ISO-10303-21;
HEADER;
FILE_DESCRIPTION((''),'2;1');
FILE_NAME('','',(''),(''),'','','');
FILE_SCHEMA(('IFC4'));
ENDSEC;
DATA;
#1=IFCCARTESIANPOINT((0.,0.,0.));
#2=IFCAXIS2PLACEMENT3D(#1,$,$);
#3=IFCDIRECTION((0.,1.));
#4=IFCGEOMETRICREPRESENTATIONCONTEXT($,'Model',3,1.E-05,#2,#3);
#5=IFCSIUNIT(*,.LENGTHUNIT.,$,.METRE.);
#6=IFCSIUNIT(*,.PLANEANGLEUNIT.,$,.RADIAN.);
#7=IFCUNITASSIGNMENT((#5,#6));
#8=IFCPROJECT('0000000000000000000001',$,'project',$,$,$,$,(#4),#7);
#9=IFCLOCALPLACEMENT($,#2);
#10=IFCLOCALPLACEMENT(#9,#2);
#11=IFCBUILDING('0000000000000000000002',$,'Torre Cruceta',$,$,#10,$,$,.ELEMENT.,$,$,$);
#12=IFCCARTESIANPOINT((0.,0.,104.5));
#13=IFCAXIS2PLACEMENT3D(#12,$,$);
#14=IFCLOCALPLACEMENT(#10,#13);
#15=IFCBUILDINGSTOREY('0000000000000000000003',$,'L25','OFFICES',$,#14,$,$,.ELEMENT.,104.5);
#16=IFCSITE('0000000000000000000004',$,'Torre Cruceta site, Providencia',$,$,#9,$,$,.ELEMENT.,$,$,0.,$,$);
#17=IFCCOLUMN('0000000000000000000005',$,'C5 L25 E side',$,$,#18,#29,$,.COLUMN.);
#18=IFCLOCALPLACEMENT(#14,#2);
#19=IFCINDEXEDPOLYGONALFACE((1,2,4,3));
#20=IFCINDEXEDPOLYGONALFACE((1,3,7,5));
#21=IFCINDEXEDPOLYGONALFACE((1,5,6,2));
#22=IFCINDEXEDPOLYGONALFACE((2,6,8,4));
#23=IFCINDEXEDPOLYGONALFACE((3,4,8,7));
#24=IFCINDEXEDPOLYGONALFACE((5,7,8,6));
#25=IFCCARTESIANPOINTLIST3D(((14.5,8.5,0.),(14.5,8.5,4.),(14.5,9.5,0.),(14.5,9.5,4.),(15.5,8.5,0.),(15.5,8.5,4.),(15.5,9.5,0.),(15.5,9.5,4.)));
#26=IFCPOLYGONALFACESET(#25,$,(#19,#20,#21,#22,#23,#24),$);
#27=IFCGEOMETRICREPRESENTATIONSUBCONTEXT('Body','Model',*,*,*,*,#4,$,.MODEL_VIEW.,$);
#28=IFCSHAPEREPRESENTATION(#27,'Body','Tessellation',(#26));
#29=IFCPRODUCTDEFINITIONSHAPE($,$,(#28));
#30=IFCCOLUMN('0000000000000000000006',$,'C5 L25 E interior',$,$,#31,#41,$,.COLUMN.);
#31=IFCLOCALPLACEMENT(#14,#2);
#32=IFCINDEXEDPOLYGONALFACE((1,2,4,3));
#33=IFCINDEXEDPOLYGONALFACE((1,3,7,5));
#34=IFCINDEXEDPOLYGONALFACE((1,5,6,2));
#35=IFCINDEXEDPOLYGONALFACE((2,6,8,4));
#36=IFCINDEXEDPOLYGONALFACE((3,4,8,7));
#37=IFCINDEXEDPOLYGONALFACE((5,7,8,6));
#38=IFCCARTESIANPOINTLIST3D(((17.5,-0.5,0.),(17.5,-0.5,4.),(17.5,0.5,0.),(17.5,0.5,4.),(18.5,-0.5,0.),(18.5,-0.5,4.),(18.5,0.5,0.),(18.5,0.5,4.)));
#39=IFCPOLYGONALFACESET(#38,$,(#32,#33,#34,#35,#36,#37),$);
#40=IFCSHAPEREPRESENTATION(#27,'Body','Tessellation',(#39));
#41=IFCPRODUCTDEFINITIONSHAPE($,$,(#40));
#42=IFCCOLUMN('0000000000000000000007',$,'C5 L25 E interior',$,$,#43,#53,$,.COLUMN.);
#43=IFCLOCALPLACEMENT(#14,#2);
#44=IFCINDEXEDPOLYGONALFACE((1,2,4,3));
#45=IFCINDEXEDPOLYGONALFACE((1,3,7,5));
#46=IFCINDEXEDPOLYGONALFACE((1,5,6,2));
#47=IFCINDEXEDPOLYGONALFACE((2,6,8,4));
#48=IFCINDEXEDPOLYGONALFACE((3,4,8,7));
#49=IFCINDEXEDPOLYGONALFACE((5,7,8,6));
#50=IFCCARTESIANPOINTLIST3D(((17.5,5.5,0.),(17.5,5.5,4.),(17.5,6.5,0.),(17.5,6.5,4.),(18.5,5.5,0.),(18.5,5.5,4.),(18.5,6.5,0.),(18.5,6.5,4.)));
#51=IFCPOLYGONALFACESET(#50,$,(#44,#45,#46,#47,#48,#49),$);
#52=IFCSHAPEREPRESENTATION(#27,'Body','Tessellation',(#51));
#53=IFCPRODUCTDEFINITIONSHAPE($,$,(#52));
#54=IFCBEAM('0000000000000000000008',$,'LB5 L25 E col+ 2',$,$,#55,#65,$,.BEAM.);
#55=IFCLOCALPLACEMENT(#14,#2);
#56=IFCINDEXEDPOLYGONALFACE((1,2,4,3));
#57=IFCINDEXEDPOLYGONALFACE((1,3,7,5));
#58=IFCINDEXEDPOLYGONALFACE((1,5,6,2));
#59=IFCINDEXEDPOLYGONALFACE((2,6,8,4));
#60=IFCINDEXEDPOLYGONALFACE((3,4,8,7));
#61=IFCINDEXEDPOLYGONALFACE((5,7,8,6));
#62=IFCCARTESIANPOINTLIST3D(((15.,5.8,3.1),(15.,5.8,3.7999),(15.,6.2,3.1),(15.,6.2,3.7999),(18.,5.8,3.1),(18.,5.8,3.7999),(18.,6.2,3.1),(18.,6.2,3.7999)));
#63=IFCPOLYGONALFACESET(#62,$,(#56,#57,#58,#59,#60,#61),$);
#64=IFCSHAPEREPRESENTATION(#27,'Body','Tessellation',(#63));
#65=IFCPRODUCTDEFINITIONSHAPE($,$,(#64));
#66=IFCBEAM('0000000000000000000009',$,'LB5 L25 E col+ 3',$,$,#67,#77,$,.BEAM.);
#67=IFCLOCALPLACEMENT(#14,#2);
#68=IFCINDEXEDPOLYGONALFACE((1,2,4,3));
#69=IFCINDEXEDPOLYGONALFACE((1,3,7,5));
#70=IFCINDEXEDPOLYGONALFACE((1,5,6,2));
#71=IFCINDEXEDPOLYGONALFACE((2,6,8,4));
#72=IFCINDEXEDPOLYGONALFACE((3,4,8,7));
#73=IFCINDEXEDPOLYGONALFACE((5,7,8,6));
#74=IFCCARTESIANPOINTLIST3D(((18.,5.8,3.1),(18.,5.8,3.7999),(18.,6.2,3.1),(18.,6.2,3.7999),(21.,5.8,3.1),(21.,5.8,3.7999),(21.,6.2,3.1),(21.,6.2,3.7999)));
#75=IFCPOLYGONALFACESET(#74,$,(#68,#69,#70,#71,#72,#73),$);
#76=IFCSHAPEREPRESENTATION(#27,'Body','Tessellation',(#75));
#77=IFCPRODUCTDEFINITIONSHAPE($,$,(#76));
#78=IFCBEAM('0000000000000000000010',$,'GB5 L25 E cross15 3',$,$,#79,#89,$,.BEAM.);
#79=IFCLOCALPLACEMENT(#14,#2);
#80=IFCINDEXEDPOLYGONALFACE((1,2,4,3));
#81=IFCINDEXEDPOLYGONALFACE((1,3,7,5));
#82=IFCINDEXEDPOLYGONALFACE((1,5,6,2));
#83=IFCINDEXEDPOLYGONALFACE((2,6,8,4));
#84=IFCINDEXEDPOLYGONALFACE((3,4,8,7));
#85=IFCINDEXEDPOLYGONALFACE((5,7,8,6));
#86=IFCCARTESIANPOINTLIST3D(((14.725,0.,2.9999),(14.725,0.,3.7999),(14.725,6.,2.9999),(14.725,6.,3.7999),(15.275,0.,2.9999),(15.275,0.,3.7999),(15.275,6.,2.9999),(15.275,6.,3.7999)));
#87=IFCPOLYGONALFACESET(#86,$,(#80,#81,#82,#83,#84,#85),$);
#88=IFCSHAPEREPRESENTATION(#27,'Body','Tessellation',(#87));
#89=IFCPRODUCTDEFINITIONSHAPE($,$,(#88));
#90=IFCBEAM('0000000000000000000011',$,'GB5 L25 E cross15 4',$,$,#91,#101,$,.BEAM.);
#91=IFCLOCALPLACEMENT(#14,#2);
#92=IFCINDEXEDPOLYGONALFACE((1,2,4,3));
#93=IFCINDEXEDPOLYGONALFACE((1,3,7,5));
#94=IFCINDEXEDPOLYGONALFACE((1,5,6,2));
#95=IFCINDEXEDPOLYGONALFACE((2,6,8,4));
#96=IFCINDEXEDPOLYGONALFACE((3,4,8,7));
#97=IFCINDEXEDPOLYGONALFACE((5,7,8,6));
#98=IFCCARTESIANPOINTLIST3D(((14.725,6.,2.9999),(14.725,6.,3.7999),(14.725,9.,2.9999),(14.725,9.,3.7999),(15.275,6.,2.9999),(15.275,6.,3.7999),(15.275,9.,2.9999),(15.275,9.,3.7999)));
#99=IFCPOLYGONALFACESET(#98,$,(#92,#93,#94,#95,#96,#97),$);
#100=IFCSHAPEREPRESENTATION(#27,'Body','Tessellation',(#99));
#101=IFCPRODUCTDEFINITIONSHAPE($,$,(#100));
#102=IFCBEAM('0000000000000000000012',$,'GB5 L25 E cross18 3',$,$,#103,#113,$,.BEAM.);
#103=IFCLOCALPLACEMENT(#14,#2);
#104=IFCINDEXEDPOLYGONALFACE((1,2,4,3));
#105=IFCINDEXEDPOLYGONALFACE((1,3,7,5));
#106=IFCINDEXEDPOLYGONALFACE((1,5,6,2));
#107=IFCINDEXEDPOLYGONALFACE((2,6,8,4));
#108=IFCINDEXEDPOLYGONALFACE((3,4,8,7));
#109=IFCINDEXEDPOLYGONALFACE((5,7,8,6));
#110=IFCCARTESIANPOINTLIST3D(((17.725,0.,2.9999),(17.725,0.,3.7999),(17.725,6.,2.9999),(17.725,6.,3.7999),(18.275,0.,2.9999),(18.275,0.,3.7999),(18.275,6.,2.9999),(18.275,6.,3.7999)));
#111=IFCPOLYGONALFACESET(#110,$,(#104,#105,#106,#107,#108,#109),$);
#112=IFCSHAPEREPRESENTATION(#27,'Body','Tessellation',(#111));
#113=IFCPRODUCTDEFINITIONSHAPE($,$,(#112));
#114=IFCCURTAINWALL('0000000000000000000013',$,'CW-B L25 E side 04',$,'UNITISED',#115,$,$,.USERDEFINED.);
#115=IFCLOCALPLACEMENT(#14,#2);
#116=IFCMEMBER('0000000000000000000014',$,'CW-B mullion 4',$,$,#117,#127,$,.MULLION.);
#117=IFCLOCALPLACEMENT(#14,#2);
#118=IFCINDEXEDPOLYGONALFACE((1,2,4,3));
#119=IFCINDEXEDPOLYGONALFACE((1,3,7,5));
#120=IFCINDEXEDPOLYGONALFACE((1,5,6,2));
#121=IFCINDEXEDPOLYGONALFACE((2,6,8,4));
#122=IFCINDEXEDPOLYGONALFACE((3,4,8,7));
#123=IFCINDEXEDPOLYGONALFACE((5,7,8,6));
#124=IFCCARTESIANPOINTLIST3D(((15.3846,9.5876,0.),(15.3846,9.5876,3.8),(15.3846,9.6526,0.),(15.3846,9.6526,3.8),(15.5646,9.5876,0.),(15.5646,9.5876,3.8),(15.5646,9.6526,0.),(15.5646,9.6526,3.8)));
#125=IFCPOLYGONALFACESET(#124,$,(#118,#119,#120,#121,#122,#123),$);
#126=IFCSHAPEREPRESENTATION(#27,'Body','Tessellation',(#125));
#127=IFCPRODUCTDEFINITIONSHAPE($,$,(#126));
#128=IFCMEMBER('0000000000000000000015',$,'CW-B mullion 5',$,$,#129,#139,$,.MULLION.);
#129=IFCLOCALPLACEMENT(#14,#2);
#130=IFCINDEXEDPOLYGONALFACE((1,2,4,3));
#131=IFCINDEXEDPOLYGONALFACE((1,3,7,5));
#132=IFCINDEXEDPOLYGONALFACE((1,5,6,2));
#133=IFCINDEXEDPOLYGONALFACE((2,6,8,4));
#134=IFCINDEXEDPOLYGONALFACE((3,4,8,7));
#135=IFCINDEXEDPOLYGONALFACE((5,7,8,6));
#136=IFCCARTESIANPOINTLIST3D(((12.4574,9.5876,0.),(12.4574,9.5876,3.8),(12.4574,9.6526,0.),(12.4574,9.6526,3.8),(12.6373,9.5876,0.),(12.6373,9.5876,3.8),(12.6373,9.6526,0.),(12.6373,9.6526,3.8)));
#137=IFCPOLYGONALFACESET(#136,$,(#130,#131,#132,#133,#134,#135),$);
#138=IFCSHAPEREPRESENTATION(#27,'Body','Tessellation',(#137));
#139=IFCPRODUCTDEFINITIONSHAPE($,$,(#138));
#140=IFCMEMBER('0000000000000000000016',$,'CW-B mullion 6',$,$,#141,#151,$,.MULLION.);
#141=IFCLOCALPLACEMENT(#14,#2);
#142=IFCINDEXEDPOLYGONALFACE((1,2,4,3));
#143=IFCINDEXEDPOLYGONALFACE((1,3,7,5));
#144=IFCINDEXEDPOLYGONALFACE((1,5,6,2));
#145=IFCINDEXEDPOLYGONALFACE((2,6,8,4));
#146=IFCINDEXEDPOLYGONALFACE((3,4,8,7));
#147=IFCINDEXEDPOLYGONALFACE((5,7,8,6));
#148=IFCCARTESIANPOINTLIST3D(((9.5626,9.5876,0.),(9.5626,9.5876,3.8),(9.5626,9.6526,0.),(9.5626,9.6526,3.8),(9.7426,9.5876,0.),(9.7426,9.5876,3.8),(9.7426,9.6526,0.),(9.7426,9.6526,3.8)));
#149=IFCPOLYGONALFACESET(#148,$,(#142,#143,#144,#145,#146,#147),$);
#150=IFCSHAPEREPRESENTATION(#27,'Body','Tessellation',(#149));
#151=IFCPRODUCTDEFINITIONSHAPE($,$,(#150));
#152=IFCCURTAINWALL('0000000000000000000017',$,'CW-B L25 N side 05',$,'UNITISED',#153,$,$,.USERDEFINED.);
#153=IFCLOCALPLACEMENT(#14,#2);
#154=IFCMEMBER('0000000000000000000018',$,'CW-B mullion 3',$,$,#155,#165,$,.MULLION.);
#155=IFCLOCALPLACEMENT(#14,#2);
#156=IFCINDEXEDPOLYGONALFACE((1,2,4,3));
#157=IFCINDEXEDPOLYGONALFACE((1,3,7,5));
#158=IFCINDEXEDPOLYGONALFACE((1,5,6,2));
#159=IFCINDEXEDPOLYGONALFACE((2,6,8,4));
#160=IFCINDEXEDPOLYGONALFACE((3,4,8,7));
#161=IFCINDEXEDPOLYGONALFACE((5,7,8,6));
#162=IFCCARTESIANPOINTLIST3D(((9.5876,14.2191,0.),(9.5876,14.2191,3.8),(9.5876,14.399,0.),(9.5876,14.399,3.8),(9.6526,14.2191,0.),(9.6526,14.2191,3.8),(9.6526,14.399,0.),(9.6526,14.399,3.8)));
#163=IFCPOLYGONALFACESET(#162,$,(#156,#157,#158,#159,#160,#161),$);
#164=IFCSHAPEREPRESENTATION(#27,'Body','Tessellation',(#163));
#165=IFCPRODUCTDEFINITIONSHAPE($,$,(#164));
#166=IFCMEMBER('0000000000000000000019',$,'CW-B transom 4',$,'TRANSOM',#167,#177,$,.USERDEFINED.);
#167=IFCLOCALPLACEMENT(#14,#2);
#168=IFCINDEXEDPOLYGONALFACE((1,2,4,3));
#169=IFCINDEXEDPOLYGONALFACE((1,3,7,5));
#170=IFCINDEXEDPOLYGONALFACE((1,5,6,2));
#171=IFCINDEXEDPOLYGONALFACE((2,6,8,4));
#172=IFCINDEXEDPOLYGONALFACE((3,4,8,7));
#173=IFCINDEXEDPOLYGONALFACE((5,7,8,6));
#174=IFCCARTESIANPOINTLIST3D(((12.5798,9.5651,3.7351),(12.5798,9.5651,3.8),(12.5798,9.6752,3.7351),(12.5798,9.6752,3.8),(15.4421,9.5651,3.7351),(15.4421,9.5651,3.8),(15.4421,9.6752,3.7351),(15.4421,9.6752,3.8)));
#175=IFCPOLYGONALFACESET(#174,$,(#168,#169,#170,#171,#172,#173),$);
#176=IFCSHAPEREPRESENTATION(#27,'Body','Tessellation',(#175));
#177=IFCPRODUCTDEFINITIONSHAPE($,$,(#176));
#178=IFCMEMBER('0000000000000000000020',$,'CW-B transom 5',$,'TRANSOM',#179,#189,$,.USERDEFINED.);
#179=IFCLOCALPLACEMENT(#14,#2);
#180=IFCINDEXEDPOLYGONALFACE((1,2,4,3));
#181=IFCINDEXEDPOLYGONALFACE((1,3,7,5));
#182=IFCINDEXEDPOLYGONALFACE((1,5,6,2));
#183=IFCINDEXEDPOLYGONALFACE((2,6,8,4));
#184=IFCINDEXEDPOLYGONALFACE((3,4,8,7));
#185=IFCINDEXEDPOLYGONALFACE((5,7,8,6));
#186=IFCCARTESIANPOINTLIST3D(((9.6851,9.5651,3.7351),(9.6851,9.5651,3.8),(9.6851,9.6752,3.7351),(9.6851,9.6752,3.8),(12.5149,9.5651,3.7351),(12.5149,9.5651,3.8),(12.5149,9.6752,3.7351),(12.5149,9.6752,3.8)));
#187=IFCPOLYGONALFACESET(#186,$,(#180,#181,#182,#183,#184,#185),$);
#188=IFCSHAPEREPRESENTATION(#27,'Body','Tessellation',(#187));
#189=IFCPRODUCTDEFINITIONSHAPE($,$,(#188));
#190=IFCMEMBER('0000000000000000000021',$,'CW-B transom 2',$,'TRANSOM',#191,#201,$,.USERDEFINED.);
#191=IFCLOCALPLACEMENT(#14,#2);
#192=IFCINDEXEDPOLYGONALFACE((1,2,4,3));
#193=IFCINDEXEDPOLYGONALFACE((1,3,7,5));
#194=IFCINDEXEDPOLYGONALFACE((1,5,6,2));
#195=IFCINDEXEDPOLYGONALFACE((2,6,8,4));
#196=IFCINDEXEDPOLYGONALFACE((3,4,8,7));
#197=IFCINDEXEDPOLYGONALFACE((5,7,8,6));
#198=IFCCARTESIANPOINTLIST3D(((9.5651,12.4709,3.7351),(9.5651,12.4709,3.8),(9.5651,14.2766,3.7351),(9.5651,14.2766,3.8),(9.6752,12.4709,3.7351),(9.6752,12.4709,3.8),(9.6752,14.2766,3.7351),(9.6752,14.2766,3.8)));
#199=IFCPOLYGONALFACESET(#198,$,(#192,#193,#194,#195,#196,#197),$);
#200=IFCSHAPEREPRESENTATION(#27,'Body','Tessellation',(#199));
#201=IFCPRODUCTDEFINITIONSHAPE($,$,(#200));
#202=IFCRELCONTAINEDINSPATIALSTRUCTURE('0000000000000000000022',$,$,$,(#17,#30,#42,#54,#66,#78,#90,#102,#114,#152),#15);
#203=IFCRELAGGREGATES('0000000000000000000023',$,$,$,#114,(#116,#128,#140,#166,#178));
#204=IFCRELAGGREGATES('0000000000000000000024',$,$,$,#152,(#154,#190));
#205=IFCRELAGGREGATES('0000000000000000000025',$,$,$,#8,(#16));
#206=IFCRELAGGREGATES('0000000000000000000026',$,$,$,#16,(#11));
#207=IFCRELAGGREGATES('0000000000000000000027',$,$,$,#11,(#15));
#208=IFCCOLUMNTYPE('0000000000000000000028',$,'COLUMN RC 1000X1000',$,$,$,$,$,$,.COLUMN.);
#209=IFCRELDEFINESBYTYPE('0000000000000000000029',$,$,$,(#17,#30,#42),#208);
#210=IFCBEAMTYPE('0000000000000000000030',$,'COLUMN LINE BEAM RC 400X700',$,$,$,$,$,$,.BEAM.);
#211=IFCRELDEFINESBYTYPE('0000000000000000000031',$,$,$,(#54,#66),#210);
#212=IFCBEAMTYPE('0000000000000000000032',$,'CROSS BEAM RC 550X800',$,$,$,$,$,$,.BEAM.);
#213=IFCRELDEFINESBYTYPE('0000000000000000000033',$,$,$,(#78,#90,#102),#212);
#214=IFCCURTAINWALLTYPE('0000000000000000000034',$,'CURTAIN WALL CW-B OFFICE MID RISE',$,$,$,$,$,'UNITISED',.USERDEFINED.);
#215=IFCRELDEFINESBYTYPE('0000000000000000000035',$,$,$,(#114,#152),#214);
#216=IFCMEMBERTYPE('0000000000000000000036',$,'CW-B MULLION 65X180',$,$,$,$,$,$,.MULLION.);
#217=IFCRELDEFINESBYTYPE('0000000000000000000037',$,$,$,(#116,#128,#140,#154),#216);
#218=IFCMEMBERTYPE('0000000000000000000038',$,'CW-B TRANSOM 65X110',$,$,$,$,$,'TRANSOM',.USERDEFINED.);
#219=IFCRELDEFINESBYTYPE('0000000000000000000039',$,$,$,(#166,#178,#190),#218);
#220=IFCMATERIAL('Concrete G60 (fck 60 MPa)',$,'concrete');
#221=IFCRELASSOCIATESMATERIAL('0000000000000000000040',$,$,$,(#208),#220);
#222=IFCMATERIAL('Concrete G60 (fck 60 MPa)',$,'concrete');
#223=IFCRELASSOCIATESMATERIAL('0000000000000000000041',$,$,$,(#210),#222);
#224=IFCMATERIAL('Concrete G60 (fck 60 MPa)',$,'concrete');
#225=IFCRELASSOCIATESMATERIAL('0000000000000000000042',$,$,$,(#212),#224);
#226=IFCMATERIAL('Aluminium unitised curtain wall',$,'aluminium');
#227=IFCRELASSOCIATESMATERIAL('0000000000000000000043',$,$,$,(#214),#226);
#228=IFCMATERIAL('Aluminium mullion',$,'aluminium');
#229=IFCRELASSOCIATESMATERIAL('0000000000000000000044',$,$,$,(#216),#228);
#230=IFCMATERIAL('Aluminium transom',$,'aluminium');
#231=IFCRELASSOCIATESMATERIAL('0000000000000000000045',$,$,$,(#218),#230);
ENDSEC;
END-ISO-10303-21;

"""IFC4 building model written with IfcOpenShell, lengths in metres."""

from ifc_helpers import new_model, si_unit, direction, frame, origin, origin_2d, place, context, subcontext, project, spatial, rectangle, extrude, material, material_profile, profile_set, type_object, element, aggregate, save


model = new_model("IFC4")

# Units and contexts
model_context = context("Model", 3, precision=1e-05, world=origin(), true_north=direction((0.0, 1.0)))
body_context = subcontext(model_context, "Body", "Model", "MODEL_VIEW")
ifc_project = project(units=[si_unit("LENGTHUNIT", "METRE"), si_unit("PLANEANGLEUNIT", "RADIAN")], contexts=[model_context])

# Site, building, storey
site_placement = place(None, origin())
site = spatial("IfcSite", under=ifc_project, at=site_placement, Name="Torre Cruceta site, Providencia", CompositionType="ELEMENT", RefElevation=0.0)
building_placement = place(site_placement, origin())
building = spatial("IfcBuilding", under=site, at=building_placement, Name="Torre Cruceta", CompositionType="ELEMENT")
storey_placement = place(building_placement, frame((0.0, 0.0, 104.5)))
storey = spatial("IfcBuildingStorey", under=building, at=storey_placement, Name="L25", Description="OFFICES", CompositionType="ELEMENT", Elevation=104.5)

# Columns
ifc_material_1 = material(Name="Concrete G60 (fck 60 MPa)", Category="concrete")
ifc_material_profile_1 = material_profile(ifc_material_1, rectangle(XDim=1.0, YDim=1.0, at=origin_2d()), Name="RC 1000X1000")
ifc_profile_set_1 = profile_set([ifc_material_profile_1], Name="Concrete G60 (fck 60 MPa)")
column_type = type_object("IfcColumnType", Name="COLUMN RC 1000X1000", PredefinedType="COLUMN", material=ifc_profile_set_1)
for number, where, z_axis, x_axis, name in (
    (1, (15.0, 9.0, 0.0), (0.0, 0.0, 1.0), (1.0, 0.0, 0.0), "C5 L25 E side"),
    (2, (18.0, 0.0, 0.0), (0.0, 0.0, 1.0), (1.0, 0.0, 0.0), "C5 L25 E interior"),
    (3, (18.0, 6.0, 0.0), (0.0, 0.0, 1.0), (1.0, 0.0, 0.0), "C5 L25 E interior"),
):
    element("IfcColumn", number, at=place(storey_placement, frame(where, z_axis=z_axis, x_axis=x_axis)), inside=storey, type_object=column_type, Name=name, PredefinedType="COLUMN", context=body_context, shape_type="SweptSolid", body=[
        extrude(rectangle(XDim=1.0, YDim=1.0, at=origin_2d()), origin(), (0.0, 0.0, 1.0), 4.0),
    ])

# Beams
ifc_material_2 = material(Name="Concrete G60 (fck 60 MPa)", Category="concrete")
ifc_material_profile_2 = material_profile(ifc_material_2, rectangle(XDim=0.3999, YDim=0.7, at=origin_2d()), Name="RC 400X700")
ifc_profile_set_2 = profile_set([ifc_material_profile_2], Name="Concrete G60 (fck 60 MPa)")
beam_type_1 = type_object("IfcBeamType", Name="COLUMN LINE BEAM RC 400X700", PredefinedType="BEAM", material=ifc_profile_set_2)
for number, where, z_axis, x_axis, name in (
    (4, (15.0, 6.0, 3.45), (1.0, 0.0, 0.0), (0.0, 1.0, 0.0), "LB5 L25 E col+ 2"),
    (5, (18.0, 6.0, 3.45), (1.0, 0.0, 0.0), (0.0, 1.0, 0.0), "LB5 L25 E col+ 3"),
):
    element("IfcBeam", number, at=place(storey_placement, frame(where, z_axis=z_axis, x_axis=x_axis)), inside=storey, type_object=beam_type_1, Name=name, PredefinedType="BEAM", context=body_context, shape_type="SweptSolid", body=[
        extrude(rectangle(XDim=0.3999, YDim=0.7, at=origin_2d()), origin(), (0.0, 0.0, 1.0), 3.0),
    ])
ifc_material_3 = material(Name="Concrete G60 (fck 60 MPa)", Category="concrete")
ifc_material_profile_3 = material_profile(ifc_material_3, rectangle(XDim=0.55, YDim=0.8, at=origin_2d()), Name="RC 550X800")
ifc_profile_set_3 = profile_set([ifc_material_profile_3], Name="Concrete G60 (fck 60 MPa)")
beam_type_2 = type_object("IfcBeamType", Name="CROSS BEAM RC 550X800", PredefinedType="BEAM", material=ifc_profile_set_3)
beam_1_placement = place(storey_placement, frame((15.0, 0.0, 3.3999), z_axis=(0.0, 1.0, 0.0), x_axis=(-1.0, 0.0, 0.0)))
element("IfcBeam", 6, at=beam_1_placement, inside=storey, type_object=beam_type_2, Name="GB5 L25 E cross15 3", PredefinedType="BEAM", context=body_context, shape_type="SweptSolid", body=[
    extrude(rectangle(XDim=0.55, YDim=0.8, at=origin_2d()), origin(), (0.0, 0.0, 1.0), 6.0),
])
beam_2_placement = place(storey_placement, frame((15.0, 6.0, 3.3999), z_axis=(0.0, 1.0, 0.0), x_axis=(-1.0, 0.0, 0.0)))
element("IfcBeam", 7, at=beam_2_placement, inside=storey, type_object=beam_type_2, Name="GB5 L25 E cross15 4", PredefinedType="BEAM", context=body_context, shape_type="SweptSolid", body=[
    extrude(rectangle(XDim=0.55, YDim=0.8, at=origin_2d()), origin(), (0.0, 0.0, 1.0), 3.0),
])
beam_3_placement = place(storey_placement, frame((18.0, 0.0, 3.3999), z_axis=(0.0, 1.0, 0.0), x_axis=(-1.0, 0.0, 0.0)))
element("IfcBeam", 8, at=beam_3_placement, inside=storey, type_object=beam_type_2, Name="GB5 L25 E cross18 3", PredefinedType="BEAM", context=body_context, shape_type="SweptSolid", body=[
    extrude(rectangle(XDim=0.55, YDim=0.8, at=origin_2d()), origin(), (0.0, 0.0, 1.0), 6.0),
])

# Curtain wall, members
ifc_material_4 = material(Name="Aluminium unitised curtain wall", Category="aluminium")
curtain_wall_type = type_object("IfcCurtainWallType", Name="CURTAIN WALL CW-B OFFICE MID RISE", ElementType="UNITISED", PredefinedType="USERDEFINED", material=ifc_material_4)
curtain_wall_1_placement = place(storey_placement, origin())
curtain_wall_1 = element("IfcCurtainWall", 9, at=curtain_wall_1_placement, inside=storey, type_object=curtain_wall_type, Name="CW-B L25 E side 04", ObjectType="UNITISED", PredefinedType="USERDEFINED")
ifc_material_5 = material(Name="Aluminium mullion", Category="aluminium")
ifc_material_profile_4 = material_profile(ifc_material_5, rectangle(XDim=0.0649, YDim=0.1799, at=origin_2d()), Name="AL 65X180")
ifc_profile_set_4 = profile_set([ifc_material_profile_4], Name="Aluminium mullion")
member_type_1 = type_object("IfcMemberType", Name="CW-B MULLION 65X180", PredefinedType="MULLION", material=ifc_profile_set_4)
member_1_placement = place(storey_placement, frame((15.4746, 9.6201, 0.0), z_axis=(0.0, 0.0, 1.0), x_axis=(0.0, -1.0, 0.0)))
member_1 = element("IfcMember", 10, at=member_1_placement, type_object=member_type_1, Name="CW-B mullion 4", PredefinedType="MULLION", context=body_context, shape_type="SweptSolid", body=[
    extrude(rectangle(XDim=0.0649, YDim=0.1799, at=origin_2d()), origin(), (0.0, 0.0, 1.0), 3.8),
])
member_2_placement = place(storey_placement, frame((12.5474, 9.6201, 0.0), z_axis=(0.0, 0.0, 1.0), x_axis=(0.0, -1.0, 0.0)))
member_2 = element("IfcMember", 11, at=member_2_placement, type_object=member_type_1, Name="CW-B mullion 5", PredefinedType="MULLION", context=body_context, shape_type="SweptSolid", body=[
    extrude(rectangle(XDim=0.0649, YDim=0.1799, at=origin_2d()), origin(), (0.0, 0.0, 1.0), 3.8),
])
member_3_placement = place(storey_placement, frame((9.6526, 9.6201, 0.0), z_axis=(0.0, 0.0, 1.0), x_axis=(0.0, -1.0, 0.0)))
member_3 = element("IfcMember", 12, at=member_3_placement, type_object=member_type_1, Name="CW-B mullion 6", PredefinedType="MULLION", context=body_context, shape_type="SweptSolid", body=[
    extrude(rectangle(XDim=0.0649, YDim=0.1799, at=origin_2d()), origin(), (0.0, 0.0, 1.0), 3.8),
])

# Curtain wall, member
curtain_wall_2_placement = place(storey_placement, origin())
curtain_wall_2 = element("IfcCurtainWall", 13, at=curtain_wall_2_placement, inside=storey, type_object=curtain_wall_type, Name="CW-B L25 N side 05", ObjectType="UNITISED", PredefinedType="USERDEFINED")
member_4_placement = place(storey_placement, frame((9.6201, 14.3091, 0.0), z_axis=(0.0, 0.0, 1.0), x_axis=(-1.0, 0.0, 0.0)))
member_4 = element("IfcMember", 14, at=member_4_placement, type_object=member_type_1, Name="CW-B mullion 3", PredefinedType="MULLION", context=body_context, shape_type="SweptSolid", body=[
    extrude(rectangle(XDim=0.0649, YDim=0.1799, at=origin_2d()), origin(), (0.0, 0.0, 1.0), 3.8),
])

# Members
ifc_material_6 = material(Name="Aluminium transom", Category="aluminium")
ifc_material_profile_5 = material_profile(ifc_material_6, rectangle(XDim=0.1101, YDim=0.0649, at=origin_2d()), Name="AL 110X65")
ifc_profile_set_5 = profile_set([ifc_material_profile_5], Name="Aluminium transom")
member_type_2 = type_object("IfcMemberType", Name="CW-B TRANSOM 65X110", ElementType="TRANSOM", PredefinedType="USERDEFINED", material=ifc_profile_set_5)
member_5_placement = place(storey_placement, frame((15.4421, 9.6201, 3.7676), z_axis=(-1.0, 0.0, 0.0), x_axis=(0.0, -1.0, 0.0)))
member_5 = element("IfcMember", 15, at=member_5_placement, type_object=member_type_2, Name="CW-B transom 4", ObjectType="TRANSOM", PredefinedType="USERDEFINED", context=body_context, shape_type="SweptSolid", body=[
    extrude(rectangle(XDim=0.1101, YDim=0.0649, at=origin_2d()), origin(), (0.0, 0.0, 1.0), 2.8623),
])
member_6_placement = place(storey_placement, frame((12.5149, 9.6201, 3.7676), z_axis=(-1.0, 0.0, 0.0), x_axis=(0.0, -1.0, 0.0)))
member_6 = element("IfcMember", 16, at=member_6_placement, type_object=member_type_2, Name="CW-B transom 5", ObjectType="TRANSOM", PredefinedType="USERDEFINED", context=body_context, shape_type="SweptSolid", body=[
    extrude(rectangle(XDim=0.1101, YDim=0.0649, at=origin_2d()), origin(), (0.0, 0.0, 1.0), 2.8298),
])
member_7_placement = place(storey_placement, frame((9.6201, 12.4709, 3.7676), z_axis=(0.0, 1.0, 0.0), x_axis=(-1.0, 0.0, 0.0)))
member_7 = element("IfcMember", 17, at=member_7_placement, type_object=member_type_2, Name="CW-B transom 2", ObjectType="TRANSOM", PredefinedType="USERDEFINED", context=body_context, shape_type="SweptSolid", body=[
    extrude(rectangle(XDim=0.1101, YDim=0.0649, at=origin_2d()), origin(), (0.0, 0.0, 1.0), 1.8057),
])

aggregate(curtain_wall_1, [member_1, member_2, member_3, member_5, member_6])
aggregate(curtain_wall_2, [member_4, member_7])

save(model, "model.ifc")
